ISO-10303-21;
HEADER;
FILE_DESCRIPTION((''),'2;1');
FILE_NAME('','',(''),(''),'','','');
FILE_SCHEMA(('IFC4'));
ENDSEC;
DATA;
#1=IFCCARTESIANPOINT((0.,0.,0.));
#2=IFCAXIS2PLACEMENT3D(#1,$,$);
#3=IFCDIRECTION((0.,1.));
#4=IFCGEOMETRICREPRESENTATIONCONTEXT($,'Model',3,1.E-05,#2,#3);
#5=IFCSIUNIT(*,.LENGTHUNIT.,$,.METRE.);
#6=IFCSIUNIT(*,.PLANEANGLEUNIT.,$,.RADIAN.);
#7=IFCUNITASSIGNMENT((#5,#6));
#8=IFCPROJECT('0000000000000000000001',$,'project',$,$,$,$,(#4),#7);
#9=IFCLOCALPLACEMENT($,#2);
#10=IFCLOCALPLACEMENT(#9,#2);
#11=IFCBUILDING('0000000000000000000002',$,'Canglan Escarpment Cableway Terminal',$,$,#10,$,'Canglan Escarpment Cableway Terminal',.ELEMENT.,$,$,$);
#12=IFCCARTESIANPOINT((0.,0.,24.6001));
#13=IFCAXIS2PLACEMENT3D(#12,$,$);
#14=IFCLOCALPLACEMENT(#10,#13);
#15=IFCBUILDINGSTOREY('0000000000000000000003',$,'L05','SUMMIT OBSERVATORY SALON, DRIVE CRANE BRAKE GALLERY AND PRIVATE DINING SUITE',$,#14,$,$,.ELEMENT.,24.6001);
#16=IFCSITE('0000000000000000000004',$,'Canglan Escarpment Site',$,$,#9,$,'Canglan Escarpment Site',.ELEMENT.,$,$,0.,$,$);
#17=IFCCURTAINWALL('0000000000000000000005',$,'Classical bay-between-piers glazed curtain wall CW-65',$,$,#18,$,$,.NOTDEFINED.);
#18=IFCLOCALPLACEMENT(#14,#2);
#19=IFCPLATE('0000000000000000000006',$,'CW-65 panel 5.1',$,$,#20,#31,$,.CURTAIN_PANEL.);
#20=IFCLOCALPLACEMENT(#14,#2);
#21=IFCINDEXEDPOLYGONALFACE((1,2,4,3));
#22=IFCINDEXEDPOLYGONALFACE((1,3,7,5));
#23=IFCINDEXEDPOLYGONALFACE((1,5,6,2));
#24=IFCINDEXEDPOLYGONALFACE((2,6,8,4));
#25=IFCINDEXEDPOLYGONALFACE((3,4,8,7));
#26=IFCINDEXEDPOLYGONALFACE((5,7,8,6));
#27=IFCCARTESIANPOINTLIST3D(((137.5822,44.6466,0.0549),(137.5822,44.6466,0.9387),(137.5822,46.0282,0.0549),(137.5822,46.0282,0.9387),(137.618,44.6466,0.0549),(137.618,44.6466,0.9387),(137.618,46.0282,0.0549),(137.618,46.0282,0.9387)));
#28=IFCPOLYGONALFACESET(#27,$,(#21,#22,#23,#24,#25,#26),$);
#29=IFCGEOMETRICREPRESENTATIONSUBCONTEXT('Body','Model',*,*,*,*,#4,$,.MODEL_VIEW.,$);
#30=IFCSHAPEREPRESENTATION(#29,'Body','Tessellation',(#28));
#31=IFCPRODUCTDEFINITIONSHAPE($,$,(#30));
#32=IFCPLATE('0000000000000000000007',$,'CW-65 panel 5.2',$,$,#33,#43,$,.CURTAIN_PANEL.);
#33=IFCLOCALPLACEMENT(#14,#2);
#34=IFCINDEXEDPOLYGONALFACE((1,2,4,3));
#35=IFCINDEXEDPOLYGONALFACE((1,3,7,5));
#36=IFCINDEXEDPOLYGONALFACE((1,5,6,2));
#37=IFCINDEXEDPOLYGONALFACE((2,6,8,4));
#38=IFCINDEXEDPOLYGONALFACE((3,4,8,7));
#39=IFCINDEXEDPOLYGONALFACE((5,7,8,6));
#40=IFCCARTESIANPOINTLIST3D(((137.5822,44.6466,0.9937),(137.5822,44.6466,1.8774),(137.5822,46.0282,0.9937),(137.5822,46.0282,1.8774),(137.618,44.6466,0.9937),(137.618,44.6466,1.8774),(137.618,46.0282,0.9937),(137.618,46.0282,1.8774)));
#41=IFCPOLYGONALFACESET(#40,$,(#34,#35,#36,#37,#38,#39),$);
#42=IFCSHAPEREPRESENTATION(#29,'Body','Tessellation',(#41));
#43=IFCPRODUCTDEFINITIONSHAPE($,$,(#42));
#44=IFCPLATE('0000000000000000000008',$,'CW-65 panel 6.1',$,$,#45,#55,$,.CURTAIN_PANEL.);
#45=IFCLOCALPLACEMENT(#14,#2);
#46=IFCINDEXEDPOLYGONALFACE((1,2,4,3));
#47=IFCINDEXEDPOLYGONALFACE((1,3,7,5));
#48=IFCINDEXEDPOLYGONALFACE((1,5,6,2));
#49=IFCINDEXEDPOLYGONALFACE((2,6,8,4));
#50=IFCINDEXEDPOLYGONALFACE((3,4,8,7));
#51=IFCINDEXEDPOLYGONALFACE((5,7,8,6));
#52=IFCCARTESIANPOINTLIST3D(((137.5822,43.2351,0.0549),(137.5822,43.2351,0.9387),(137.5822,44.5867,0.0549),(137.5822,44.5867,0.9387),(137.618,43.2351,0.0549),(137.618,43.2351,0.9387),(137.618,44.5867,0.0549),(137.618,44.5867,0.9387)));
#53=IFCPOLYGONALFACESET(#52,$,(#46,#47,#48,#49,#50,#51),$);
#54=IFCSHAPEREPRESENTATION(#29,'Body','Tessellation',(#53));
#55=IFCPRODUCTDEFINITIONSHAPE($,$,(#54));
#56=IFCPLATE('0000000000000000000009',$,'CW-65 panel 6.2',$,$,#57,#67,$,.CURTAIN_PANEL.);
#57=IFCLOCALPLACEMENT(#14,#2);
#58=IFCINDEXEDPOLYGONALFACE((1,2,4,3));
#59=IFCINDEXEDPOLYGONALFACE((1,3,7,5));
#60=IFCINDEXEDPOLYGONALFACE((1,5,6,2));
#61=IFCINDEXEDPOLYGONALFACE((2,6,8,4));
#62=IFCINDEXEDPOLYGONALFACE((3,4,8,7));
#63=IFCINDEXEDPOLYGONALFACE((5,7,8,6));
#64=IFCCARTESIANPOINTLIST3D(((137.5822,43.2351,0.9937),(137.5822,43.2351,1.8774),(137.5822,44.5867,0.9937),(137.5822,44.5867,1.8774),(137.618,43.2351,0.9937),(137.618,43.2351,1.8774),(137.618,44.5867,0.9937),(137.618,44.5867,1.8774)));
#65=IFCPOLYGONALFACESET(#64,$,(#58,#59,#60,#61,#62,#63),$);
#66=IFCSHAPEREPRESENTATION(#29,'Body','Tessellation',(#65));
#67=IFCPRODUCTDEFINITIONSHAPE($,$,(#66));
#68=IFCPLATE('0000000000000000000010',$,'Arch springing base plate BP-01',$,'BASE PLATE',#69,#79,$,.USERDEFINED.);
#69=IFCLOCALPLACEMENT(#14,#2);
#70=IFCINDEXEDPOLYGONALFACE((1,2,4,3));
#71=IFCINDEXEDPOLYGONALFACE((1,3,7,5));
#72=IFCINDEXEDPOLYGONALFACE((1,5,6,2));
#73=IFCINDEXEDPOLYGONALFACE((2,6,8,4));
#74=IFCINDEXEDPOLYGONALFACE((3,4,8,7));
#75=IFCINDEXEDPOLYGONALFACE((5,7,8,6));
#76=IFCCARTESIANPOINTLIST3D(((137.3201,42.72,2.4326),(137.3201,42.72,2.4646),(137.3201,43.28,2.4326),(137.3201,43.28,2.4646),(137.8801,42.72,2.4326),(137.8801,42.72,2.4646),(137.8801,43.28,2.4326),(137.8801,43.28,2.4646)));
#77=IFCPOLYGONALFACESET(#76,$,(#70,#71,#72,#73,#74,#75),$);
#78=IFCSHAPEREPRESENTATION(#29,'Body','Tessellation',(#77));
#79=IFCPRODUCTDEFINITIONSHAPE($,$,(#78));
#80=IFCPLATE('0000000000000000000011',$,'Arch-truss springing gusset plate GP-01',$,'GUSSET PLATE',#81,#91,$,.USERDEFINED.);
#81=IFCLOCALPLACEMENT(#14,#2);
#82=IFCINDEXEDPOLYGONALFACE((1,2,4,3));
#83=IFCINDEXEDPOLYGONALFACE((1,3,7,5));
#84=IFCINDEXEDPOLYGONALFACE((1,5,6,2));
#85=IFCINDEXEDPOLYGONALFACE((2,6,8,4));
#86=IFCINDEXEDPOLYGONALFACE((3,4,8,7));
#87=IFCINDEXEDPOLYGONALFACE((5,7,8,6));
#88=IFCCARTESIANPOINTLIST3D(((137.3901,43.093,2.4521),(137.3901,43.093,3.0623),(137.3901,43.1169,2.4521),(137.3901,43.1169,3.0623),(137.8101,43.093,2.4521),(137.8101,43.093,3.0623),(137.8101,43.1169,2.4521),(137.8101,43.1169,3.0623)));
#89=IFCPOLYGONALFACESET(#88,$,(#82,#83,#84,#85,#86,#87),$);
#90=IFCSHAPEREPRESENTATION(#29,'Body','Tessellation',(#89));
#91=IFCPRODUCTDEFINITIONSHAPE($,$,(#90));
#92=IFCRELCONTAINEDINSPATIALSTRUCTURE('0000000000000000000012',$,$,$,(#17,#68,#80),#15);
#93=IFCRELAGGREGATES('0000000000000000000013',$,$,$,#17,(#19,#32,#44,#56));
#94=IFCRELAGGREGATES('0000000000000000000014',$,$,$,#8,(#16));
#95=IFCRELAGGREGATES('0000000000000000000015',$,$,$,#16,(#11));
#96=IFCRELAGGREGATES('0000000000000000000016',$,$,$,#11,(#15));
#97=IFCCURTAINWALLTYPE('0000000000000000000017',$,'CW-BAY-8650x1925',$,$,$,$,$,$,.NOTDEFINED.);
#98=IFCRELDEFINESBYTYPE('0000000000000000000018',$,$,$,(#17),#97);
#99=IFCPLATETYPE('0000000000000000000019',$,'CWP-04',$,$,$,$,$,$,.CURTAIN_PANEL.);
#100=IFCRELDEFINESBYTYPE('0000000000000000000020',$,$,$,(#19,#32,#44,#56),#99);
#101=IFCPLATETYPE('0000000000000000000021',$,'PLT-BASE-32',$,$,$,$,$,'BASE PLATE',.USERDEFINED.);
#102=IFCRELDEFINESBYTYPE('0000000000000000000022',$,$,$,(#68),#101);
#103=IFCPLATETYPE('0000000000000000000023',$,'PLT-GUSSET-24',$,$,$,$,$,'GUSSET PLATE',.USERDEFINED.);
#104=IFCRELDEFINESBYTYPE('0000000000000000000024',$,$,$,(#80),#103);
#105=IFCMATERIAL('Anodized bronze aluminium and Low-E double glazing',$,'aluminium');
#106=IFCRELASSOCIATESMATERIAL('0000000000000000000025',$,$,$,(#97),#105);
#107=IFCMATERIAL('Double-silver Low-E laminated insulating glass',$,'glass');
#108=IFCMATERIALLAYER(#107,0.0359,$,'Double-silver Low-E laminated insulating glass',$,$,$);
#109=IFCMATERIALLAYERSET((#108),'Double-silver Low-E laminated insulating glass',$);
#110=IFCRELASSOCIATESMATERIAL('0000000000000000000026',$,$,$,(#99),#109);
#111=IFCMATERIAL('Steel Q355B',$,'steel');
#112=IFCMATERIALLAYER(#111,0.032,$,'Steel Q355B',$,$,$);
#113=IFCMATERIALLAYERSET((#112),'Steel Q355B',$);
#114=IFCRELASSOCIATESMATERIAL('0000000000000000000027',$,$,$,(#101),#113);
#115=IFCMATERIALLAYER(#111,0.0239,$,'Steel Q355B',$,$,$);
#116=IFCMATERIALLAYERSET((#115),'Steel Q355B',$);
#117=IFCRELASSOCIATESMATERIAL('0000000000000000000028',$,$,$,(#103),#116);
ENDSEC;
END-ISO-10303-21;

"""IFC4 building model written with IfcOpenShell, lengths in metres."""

from ifc_helpers import new_model, si_unit, direction, frame, origin, origin_2d, place, context, subcontext, project, spatial, rectangle, extrude, material, layer, layer_set, type_object, element, aggregate, save


model = new_model("IFC4")

# Units and contexts
model_context = context("Model", 3, precision=1e-05, world=origin(), true_north=direction((0.0, 1.0)))
body_context = subcontext(model_context, "Body", "Model", "MODEL_VIEW")
ifc_project = project(units=[si_unit("LENGTHUNIT", "METRE"), si_unit("PLANEANGLEUNIT", "RADIAN")], contexts=[model_context])

# Site, building, storey
site_placement = place(None, origin())
site = spatial("IfcSite", under=ifc_project, at=site_placement, Name="Canglan Escarpment Site", LongName="Canglan Escarpment Site", CompositionType="ELEMENT", RefElevation=0.0)
building_placement = place(site_placement, origin())
building = spatial("IfcBuilding", under=site, at=building_placement, Name="Canglan Escarpment Cableway Terminal", LongName="Canglan Escarpment Cableway Terminal", CompositionType="ELEMENT")
storey_placement = place(building_placement, frame((0.0, 0.0, 24.6001)))
storey = spatial("IfcBuildingStorey", under=building, at=storey_placement, Name="L05", Description="SUMMIT OBSERVATORY SALON, DRIVE CRANE BRAKE GALLERY AND PRIVATE DINING SUITE", CompositionType="ELEMENT", Elevation=24.6001)

# Shared definitions
ifc_material_1 = material(Name="Steel Q355B", Category="steel")

# Curtain wall
ifc_material_2 = material(Name="Anodized bronze aluminium and Low-E double glazing", Category="aluminium")
curtain_wall_type = type_object("IfcCurtainWallType", Name="CW-BAY-8650x1925", PredefinedType="NOTDEFINED", material=ifc_material_2)
curtain_wall_1_placement = place(storey_placement, origin())
curtain_wall_1 = element("IfcCurtainWall", 1, at=curtain_wall_1_placement, inside=storey, type_object=curtain_wall_type, Name="Classical bay-between-piers glazed curtain wall CW-65", PredefinedType="NOTDEFINED")

# Plates
ifc_material_3 = material(Name="Double-silver Low-E laminated insulating glass", Category="glass")
ifc_layer_1 = layer(ifc_material_3, 0.0359, Name="Double-silver Low-E laminated insulating glass")
ifc_layer_set_1 = layer_set([ifc_layer_1], Name="Double-silver Low-E laminated insulating glass")
plate_type_1 = type_object("IfcPlateType", Name="CWP-04", PredefinedType="CURTAIN_PANEL", material=ifc_layer_set_1)
plate_1_placement = place(storey_placement, frame((137.6001, 45.3374, 0.0549), z_axis=(0.0, 0.0, 1.0), x_axis=(0.0, -1.0, 0.0)))
plate_1 = element("IfcPlate", 2, at=plate_1_placement, type_object=plate_type_1, Name="CW-65 panel 5.1", PredefinedType="CURTAIN_PANEL", context=body_context, shape_type="SweptSolid", body=[
    extrude(rectangle(XDim=1.3816, YDim=0.0359, at=origin_2d()), origin(), (0.0, 0.0, 1.0), 0.8838),
])
plate_2_placement = place(storey_placement, frame((137.6001, 45.3374, 0.9937), z_axis=(0.0, 0.0, 1.0), x_axis=(0.0, -1.0, 0.0)))
plate_2 = element("IfcPlate", 3, at=plate_2_placement, type_object=plate_type_1, Name="CW-65 panel 5.2", PredefinedType="CURTAIN_PANEL", context=body_context, shape_type="SweptSolid", body=[
    extrude(rectangle(XDim=1.3816, YDim=0.0359, at=origin_2d()), origin(), (0.0, 0.0, 1.0), 0.8838),
])
plate_3_placement = place(storey_placement, frame((137.6001, 43.9109, 0.0549), z_axis=(0.0, 0.0, 1.0), x_axis=(0.0, -1.0, 0.0)))
plate_3 = element("IfcPlate", 4, at=plate_3_placement, type_object=plate_type_1, Name="CW-65 panel 6.1", PredefinedType="CURTAIN_PANEL", context=body_context, shape_type="SweptSolid", body=[
    extrude(rectangle(XDim=1.3516, YDim=0.0359, at=origin_2d()), origin(), (0.0, 0.0, 1.0), 0.8838),
])
plate_4_placement = place(storey_placement, frame((137.6001, 43.9109, 0.9937), z_axis=(0.0, 0.0, 1.0), x_axis=(0.0, -1.0, 0.0)))
plate_4 = element("IfcPlate", 5, at=plate_4_placement, type_object=plate_type_1, Name="CW-65 panel 6.2", PredefinedType="CURTAIN_PANEL", context=body_context, shape_type="SweptSolid", body=[
    extrude(rectangle(XDim=1.3516, YDim=0.0359, at=origin_2d()), origin(), (0.0, 0.0, 1.0), 0.8838),
])
aggregate(curtain_wall_1, [plate_1, plate_2, plate_3, plate_4])

# Plates
ifc_layer_2 = layer(ifc_material_1, 0.032, Name="Steel Q355B")
ifc_layer_set_2 = layer_set([ifc_layer_2], Name="Steel Q355B")
plate_type_2 = type_object("IfcPlateType", Name="PLT-BASE-32", ElementType="BASE PLATE", PredefinedType="USERDEFINED", material=ifc_layer_set_2)
plate_5_placement = place(storey_placement, frame((137.6001, 43.0, 2.4326), z_axis=(0.0, 0.0, 1.0), x_axis=(1.0, 0.0, 0.0)))
element("IfcPlate", 6, at=plate_5_placement, inside=storey, type_object=plate_type_2, Name="Arch springing base plate BP-01", ObjectType="BASE PLATE", PredefinedType="USERDEFINED", context=body_context, shape_type="SweptSolid", body=[
    extrude(rectangle(XDim=0.5601, YDim=0.5601, at=origin_2d()), origin(), (0.0, 0.0, 1.0), 0.032),
])
ifc_layer_3 = layer(ifc_material_1, 0.0239, Name="Steel Q355B")
ifc_layer_set_3 = layer_set([ifc_layer_3], Name="Steel Q355B")
plate_type_3 = type_object("IfcPlateType", Name="PLT-GUSSET-24", ElementType="GUSSET PLATE", PredefinedType="USERDEFINED", material=ifc_layer_set_3)
plate_6_placement = place(storey_placement, frame((137.6001, 43.105, 2.4521), z_axis=(0.0, 0.0, 1.0), x_axis=(1.0, 0.0, 0.0)))
element("IfcPlate", 7, at=plate_6_placement, inside=storey, type_object=plate_type_3, Name="Arch-truss springing gusset plate GP-01", ObjectType="GUSSET PLATE", PredefinedType="USERDEFINED", context=body_context, shape_type="SweptSolid", body=[
    extrude(rectangle(XDim=0.4199, YDim=0.0239, at=origin_2d()), origin(), (0.0, 0.0, 1.0), 0.6101),
])

save(model, "model.ifc")
